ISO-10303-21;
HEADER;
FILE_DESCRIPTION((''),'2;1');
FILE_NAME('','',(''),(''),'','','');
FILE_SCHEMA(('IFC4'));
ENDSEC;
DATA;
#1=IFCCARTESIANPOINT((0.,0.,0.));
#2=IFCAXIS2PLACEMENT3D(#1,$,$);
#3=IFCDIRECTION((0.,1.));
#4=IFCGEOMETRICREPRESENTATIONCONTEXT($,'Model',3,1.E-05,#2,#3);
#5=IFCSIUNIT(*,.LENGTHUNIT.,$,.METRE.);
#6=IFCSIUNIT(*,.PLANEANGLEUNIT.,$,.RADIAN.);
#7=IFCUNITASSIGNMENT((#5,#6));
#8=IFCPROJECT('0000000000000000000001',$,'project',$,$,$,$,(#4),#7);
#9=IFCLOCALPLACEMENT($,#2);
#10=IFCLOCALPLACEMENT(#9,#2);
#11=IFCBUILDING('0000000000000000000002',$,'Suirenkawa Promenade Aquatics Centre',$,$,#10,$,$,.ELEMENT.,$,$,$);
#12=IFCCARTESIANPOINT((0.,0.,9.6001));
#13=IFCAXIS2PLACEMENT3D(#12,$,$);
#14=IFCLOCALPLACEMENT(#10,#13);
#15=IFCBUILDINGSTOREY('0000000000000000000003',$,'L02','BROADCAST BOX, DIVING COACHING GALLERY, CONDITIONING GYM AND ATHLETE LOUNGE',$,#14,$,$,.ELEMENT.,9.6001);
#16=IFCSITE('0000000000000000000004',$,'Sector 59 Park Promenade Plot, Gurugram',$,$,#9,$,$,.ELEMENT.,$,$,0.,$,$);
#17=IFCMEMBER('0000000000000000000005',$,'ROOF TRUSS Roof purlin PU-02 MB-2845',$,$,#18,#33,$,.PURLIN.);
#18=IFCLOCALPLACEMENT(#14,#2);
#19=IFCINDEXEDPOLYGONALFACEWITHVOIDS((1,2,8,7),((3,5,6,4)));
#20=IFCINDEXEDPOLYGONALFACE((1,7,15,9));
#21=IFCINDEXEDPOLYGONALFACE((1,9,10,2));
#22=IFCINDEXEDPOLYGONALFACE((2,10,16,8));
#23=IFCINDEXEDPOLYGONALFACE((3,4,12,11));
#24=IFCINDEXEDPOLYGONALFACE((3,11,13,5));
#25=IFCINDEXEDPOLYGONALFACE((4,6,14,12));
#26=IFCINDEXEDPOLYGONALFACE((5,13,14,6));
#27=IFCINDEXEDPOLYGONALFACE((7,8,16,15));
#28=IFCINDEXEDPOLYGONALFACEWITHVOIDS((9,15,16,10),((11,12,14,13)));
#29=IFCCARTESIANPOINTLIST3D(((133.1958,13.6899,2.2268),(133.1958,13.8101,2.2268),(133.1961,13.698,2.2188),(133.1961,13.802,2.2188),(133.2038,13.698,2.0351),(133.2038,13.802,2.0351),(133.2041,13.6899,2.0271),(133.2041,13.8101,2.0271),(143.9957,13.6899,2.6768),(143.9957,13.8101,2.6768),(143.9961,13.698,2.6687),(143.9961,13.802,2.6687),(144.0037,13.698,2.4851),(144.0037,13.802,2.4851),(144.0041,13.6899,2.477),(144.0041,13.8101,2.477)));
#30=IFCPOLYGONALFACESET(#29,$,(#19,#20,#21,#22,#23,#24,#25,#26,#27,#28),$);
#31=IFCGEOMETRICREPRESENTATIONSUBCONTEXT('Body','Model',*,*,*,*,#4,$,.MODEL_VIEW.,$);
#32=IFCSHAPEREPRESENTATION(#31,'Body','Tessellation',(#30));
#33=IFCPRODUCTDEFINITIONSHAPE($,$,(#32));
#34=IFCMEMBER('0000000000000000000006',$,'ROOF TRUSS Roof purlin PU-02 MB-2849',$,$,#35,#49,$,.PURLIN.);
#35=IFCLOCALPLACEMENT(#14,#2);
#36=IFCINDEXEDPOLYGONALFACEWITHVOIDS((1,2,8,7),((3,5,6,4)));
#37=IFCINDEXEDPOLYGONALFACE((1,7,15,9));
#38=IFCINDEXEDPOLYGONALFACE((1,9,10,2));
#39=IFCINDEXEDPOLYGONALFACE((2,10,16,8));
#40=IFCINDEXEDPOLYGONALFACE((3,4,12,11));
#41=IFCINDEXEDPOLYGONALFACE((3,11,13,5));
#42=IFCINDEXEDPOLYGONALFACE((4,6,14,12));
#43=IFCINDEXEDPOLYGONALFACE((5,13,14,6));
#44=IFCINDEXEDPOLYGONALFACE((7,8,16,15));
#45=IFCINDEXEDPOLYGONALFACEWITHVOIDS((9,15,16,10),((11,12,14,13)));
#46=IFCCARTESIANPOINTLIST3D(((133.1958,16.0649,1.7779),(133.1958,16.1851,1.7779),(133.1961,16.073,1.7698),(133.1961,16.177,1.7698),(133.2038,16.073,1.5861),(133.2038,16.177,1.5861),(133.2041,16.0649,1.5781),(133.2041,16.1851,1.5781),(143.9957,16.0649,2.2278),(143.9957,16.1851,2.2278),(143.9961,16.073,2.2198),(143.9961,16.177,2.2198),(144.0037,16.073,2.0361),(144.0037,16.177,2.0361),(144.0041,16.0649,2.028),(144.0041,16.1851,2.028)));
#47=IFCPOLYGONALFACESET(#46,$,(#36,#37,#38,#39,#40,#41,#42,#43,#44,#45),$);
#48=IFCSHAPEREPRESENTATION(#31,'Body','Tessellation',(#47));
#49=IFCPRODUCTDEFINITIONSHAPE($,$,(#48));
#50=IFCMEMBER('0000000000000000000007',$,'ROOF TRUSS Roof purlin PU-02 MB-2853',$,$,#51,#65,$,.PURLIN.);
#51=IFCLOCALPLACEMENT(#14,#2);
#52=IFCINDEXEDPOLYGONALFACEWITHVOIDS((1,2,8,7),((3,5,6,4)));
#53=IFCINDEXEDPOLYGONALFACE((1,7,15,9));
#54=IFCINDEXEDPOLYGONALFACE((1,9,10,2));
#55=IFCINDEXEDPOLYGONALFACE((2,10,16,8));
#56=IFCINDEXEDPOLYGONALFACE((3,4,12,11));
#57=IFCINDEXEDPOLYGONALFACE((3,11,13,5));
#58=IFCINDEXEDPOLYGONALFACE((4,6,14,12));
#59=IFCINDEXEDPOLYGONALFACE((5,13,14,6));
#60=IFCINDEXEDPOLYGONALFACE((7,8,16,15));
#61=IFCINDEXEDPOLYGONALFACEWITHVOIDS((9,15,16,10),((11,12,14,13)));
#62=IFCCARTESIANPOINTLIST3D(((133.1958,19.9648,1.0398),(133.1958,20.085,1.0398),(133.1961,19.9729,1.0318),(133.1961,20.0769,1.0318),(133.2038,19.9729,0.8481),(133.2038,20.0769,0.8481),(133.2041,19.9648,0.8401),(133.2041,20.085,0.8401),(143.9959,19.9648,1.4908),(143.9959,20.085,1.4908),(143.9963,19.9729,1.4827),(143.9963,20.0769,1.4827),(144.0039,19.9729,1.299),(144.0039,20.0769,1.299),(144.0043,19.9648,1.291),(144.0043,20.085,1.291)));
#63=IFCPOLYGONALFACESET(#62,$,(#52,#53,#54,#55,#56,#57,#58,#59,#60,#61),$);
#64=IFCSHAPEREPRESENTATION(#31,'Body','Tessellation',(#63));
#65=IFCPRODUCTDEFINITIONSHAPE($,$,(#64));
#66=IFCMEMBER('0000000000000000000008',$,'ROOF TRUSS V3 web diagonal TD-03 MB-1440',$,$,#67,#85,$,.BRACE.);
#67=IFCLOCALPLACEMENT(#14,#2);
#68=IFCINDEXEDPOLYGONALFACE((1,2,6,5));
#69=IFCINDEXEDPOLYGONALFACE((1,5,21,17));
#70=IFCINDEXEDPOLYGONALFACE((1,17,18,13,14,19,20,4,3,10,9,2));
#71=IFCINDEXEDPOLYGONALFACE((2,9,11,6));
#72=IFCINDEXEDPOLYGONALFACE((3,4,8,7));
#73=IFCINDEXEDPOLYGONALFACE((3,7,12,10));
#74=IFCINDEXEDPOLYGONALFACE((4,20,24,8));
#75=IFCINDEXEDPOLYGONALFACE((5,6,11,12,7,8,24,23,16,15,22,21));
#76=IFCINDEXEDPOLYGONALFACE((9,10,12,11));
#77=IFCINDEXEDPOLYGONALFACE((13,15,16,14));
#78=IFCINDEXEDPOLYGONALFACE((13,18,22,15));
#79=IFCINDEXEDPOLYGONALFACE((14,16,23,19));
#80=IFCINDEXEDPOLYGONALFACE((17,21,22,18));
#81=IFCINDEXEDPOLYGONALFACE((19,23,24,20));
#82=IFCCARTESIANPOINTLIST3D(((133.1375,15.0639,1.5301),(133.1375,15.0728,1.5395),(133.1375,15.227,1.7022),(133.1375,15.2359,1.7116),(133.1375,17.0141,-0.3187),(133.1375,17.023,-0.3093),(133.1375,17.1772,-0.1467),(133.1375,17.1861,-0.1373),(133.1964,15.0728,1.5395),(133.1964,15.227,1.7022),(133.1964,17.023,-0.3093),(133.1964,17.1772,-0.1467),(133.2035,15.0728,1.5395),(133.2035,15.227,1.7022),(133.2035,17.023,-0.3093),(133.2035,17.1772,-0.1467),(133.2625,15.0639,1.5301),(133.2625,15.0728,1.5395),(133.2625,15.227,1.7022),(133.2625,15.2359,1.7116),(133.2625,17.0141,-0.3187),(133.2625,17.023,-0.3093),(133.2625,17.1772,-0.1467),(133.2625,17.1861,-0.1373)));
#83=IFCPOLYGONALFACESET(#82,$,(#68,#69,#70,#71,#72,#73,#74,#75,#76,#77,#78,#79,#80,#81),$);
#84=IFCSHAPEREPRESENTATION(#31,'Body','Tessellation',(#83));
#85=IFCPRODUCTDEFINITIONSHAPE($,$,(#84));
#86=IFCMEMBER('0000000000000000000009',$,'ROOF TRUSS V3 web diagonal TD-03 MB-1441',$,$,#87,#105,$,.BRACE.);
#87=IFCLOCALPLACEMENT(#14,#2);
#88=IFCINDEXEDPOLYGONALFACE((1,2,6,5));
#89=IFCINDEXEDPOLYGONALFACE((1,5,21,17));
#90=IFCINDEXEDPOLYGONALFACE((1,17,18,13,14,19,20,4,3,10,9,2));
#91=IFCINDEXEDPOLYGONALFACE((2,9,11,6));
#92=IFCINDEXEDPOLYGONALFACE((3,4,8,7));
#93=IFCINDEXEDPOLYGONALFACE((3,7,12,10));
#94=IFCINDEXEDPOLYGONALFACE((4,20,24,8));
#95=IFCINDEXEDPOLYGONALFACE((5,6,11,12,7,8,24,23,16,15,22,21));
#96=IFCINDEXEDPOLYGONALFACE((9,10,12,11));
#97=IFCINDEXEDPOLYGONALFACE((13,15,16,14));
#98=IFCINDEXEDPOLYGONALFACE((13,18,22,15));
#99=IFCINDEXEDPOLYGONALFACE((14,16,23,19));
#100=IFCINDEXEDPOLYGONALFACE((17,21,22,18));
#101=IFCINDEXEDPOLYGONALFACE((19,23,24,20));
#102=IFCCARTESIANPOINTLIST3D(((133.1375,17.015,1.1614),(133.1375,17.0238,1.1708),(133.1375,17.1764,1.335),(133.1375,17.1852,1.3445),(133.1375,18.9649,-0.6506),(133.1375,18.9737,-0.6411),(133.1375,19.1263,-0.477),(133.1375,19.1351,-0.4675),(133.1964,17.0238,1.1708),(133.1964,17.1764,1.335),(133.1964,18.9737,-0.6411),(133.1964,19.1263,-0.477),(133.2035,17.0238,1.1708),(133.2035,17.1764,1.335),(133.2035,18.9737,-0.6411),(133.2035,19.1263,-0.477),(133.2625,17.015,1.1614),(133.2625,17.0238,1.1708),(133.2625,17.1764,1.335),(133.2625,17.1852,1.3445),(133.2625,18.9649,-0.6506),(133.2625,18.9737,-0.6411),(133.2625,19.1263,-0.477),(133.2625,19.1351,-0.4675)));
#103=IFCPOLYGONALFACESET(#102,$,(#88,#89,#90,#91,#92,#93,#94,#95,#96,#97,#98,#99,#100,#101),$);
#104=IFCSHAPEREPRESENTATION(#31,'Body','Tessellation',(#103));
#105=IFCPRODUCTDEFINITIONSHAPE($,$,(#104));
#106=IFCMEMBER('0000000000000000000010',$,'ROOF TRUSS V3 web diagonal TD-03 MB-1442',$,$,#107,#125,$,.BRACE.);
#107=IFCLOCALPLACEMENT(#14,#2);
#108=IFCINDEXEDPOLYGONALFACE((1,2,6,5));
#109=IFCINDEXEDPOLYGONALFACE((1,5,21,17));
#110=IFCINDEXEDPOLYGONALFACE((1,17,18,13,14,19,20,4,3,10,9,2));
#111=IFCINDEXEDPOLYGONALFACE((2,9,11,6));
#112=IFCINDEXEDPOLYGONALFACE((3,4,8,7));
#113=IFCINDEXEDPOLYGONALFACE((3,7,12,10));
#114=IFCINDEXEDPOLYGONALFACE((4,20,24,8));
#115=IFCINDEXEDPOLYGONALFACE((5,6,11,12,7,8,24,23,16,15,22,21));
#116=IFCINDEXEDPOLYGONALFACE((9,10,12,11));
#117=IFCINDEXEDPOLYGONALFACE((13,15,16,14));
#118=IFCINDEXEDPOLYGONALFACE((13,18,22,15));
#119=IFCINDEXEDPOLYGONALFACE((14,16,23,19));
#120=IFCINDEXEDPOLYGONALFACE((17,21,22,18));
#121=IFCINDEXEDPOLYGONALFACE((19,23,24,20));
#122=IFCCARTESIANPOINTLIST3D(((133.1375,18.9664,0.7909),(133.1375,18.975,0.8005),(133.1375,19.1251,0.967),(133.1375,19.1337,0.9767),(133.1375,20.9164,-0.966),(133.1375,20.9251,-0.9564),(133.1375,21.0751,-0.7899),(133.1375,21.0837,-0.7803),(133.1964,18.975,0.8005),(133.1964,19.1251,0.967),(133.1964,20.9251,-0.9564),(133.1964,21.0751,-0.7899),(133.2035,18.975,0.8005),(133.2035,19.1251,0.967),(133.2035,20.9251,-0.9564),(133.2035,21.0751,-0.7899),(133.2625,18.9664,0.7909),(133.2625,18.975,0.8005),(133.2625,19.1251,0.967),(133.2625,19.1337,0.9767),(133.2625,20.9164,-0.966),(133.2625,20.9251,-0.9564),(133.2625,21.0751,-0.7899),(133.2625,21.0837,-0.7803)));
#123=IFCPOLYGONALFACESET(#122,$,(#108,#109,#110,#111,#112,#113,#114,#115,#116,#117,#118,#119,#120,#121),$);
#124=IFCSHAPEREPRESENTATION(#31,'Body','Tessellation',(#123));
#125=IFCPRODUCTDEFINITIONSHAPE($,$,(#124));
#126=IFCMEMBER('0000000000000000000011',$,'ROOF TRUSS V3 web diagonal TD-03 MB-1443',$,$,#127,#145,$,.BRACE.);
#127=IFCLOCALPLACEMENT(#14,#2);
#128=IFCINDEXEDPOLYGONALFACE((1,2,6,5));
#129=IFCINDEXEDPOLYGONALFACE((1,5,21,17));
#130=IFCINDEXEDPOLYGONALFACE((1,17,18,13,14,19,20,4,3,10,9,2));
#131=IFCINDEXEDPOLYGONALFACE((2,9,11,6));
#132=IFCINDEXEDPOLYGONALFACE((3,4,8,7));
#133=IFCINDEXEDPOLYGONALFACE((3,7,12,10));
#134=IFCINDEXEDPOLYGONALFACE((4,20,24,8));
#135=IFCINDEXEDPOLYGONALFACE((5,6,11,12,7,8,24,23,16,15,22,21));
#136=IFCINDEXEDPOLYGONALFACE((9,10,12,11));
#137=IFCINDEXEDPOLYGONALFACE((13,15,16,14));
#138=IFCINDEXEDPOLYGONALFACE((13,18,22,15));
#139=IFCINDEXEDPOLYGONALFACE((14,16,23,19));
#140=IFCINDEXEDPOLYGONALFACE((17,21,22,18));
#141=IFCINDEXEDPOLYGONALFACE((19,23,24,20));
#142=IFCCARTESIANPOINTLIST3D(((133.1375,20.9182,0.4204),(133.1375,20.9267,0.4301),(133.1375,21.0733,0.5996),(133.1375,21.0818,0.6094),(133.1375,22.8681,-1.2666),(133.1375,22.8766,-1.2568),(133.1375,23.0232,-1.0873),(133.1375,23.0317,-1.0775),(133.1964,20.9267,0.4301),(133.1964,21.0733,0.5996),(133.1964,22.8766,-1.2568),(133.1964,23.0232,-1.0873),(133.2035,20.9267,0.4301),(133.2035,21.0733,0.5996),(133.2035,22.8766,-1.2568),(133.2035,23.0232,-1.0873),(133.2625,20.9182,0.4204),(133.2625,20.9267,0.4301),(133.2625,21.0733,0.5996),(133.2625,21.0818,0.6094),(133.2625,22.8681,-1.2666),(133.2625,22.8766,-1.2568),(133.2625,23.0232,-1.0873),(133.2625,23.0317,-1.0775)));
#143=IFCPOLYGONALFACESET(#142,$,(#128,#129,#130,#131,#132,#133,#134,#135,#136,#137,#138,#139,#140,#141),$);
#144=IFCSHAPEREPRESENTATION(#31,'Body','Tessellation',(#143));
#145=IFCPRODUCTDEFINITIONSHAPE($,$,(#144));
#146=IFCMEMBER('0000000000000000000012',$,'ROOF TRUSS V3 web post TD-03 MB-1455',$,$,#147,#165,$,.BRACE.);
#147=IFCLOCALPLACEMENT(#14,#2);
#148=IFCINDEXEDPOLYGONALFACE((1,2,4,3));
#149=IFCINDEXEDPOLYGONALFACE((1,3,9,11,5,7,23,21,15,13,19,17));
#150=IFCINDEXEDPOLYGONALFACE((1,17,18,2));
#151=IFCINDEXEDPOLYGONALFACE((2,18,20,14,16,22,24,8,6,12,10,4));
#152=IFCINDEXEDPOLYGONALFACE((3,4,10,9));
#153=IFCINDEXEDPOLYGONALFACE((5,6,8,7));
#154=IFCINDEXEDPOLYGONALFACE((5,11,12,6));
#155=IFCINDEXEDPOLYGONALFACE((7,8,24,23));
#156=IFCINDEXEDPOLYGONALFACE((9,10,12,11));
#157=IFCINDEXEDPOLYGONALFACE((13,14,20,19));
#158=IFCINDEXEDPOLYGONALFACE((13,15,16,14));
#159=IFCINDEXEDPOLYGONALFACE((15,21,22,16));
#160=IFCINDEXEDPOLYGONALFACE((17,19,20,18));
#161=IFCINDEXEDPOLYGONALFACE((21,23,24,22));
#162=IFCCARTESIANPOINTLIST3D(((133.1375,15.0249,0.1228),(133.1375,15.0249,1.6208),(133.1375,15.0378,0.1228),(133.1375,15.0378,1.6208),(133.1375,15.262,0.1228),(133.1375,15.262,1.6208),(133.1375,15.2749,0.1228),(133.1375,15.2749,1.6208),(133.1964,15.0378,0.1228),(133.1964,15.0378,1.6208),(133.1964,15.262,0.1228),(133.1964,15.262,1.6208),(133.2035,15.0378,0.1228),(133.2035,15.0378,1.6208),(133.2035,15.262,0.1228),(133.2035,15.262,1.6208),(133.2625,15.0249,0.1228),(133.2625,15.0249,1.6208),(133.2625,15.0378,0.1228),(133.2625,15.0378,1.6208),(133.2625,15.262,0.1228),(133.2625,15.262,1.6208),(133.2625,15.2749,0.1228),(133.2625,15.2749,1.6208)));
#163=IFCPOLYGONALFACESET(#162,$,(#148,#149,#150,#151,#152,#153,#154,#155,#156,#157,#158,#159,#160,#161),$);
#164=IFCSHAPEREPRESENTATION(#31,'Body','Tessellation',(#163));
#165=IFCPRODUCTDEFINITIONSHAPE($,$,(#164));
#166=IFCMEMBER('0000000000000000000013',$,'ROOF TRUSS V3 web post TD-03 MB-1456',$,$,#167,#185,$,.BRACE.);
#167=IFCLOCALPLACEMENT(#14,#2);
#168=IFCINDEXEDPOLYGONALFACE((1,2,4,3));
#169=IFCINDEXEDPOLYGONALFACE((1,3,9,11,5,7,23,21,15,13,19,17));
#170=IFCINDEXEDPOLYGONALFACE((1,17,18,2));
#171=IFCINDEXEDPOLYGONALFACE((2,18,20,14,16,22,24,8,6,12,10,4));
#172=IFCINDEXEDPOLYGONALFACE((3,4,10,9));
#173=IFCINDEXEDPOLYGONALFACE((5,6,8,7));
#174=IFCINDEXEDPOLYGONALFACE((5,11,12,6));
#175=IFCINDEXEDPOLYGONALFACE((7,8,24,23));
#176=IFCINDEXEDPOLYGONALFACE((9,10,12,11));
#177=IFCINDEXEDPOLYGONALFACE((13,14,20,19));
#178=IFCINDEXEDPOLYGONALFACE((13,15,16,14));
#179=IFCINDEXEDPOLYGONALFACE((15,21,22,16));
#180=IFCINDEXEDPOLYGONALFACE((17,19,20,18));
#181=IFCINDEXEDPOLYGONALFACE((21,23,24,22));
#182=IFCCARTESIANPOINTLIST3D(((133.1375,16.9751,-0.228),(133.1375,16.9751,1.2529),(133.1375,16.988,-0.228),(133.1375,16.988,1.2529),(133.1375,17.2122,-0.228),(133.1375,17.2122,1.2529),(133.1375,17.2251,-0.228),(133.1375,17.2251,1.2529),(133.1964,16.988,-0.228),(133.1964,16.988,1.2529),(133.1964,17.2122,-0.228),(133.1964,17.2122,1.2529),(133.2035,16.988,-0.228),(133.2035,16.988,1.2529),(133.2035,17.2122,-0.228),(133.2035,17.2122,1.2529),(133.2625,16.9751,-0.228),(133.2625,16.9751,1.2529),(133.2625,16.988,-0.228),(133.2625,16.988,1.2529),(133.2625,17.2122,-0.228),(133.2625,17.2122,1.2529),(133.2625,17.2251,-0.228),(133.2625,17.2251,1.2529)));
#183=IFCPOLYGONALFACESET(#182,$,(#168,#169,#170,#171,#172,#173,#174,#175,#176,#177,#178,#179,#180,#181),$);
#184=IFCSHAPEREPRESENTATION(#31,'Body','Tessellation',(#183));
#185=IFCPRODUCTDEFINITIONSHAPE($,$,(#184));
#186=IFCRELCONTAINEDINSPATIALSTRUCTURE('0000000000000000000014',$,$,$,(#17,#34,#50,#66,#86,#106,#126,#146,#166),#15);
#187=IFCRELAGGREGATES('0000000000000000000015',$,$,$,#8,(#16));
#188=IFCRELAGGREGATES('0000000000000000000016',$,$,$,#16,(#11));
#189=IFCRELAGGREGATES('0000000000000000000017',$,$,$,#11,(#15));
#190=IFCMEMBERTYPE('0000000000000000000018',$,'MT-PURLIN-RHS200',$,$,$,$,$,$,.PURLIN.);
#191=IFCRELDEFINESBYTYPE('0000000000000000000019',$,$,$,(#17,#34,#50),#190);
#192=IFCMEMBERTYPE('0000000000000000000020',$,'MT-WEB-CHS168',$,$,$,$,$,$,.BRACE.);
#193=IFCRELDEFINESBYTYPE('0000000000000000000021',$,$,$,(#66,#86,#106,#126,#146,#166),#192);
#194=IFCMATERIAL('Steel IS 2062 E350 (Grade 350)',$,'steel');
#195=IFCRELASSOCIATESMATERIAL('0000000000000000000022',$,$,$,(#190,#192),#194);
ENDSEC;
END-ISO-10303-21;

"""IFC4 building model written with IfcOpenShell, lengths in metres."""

from ifc_helpers import new_model, si_unit, direction, frame, origin, origin_2d, place, context, subcontext, project, spatial, hollow_rectangle, i_section, extrude, material, material_profile, profile_set, type_object, element, save


model = new_model("IFC4")

# Units and contexts
model_context = context("Model", 3, precision=1e-05, world=origin(), true_north=direction((0.0, 1.0)))
body_context = subcontext(model_context, "Body", "Model", "MODEL_VIEW")
ifc_project = project(units=[si_unit("LENGTHUNIT", "METRE"), si_unit("PLANEANGLEUNIT", "RADIAN")], contexts=[model_context])

# Site, building, storey
site_placement = place(None, origin())
site = spatial("IfcSite", under=ifc_project, at=site_placement, Name="Sector 59 Park Promenade Plot, Gurugram", CompositionType="ELEMENT", RefElevation=0.0)
building_placement = place(site_placement, origin())
building = spatial("IfcBuilding", under=site, at=building_placement, Name="Suirenkawa Promenade Aquatics Centre", CompositionType="ELEMENT")
storey_placement = place(building_placement, frame((0.0, 0.0, 9.6001)))
storey = spatial("IfcBuildingStorey", under=building, at=storey_placement, Name="L02", Description="BROADCAST BOX, DIVING COACHING GALLERY, CONDITIONING GYM AND ATHLETE LOUNGE", CompositionType="ELEMENT", Elevation=9.6001)

# Shared definitions
ifc_material_1 = material(Name="Steel IS 2062 E350 (Grade 350)", Category="steel")

# Members
ifc_material_profile_1 = material_profile(ifc_material_1, hollow_rectangle(XDim=0.1201, YDim=0.2, WallThickness=0.0081, at=origin_2d()), Name="RHS 200x120x8", Category="steel")
ifc_profile_set_1 = profile_set([ifc_material_profile_1], Name="Steel IS 2062 E350 (Grade 350)")
member_type_1 = type_object("IfcMemberType", Name="MT-PURLIN-RHS200", PredefinedType="PURLIN", material=ifc_profile_set_1)
for number, where, z_axis, x_axis, name in (
    (1, (133.2, 13.75, 2.127), (0.999133, 0.0, 0.041626), (0.0, 1.0, 0.0), "ROOF TRUSS Roof purlin PU-02 MB-2845"),
    (2, (133.2, 16.125, 1.678), (0.999133, 0.0, 0.041626), (0.0, 1.0, 0.0), "ROOF TRUSS Roof purlin PU-02 MB-2849"),
):
    element("IfcMember", number, at=place(storey_placement, frame(where, z_axis=z_axis, x_axis=x_axis)), inside=storey, type_object=member_type_1, Name=name, PredefinedType="PURLIN", context=body_context, shape_type="SweptSolid", body=[
        extrude(hollow_rectangle(XDim=0.1201, YDim=0.2, WallThickness=0.0081, at=origin_2d()), origin(), (0.0, 0.0, 1.0), 10.8093),
    ])
member_1_placement = place(storey_placement, frame((133.2, 20.0249, 0.9399), z_axis=(0.99913, 0.0, 0.041716), x_axis=(0.0, 1.0, 0.0)))
element("IfcMember", 3, at=member_1_placement, inside=storey, type_object=member_type_1, Name="ROOF TRUSS Roof purlin PU-02 MB-2853", PredefinedType="PURLIN", context=body_context, shape_type="SweptSolid", body=[
    extrude(hollow_rectangle(XDim=0.1201, YDim=0.2, WallThickness=0.0081, at=origin_2d()), origin(), (0.0, 0.0, 1.0), 10.8096),
])
ifc_material_profile_2 = material_profile(ifc_material_1, i_section(OverallWidth=0.125, OverallDepth=0.25, WebThickness=0.0071, FlangeThickness=0.0129, at=origin_2d()), Name="ISMB 250", Category="steel")
ifc_profile_set_2 = profile_set([ifc_material_profile_2], Name="Steel IS 2062 E350 (Grade 350)")
member_type_2 = type_object("IfcMemberType", Name="MT-WEB-CHS168", PredefinedType="BRACE", material=ifc_profile_set_2)
member_2_placement = place(storey_placement, frame((133.2, 15.1499, 1.6208), z_axis=(0.0, 0.725707, -0.688004), x_axis=(-1.0, 0.0, 0.0)))
element("IfcMember", 4, at=member_2_placement, inside=storey, type_object=member_type_2, Name="ROOF TRUSS V3 web diagonal TD-03 MB-1440", PredefinedType="BRACE", context=body_context, shape_type="SweptSolid", body=[
    extrude(i_section(OverallWidth=0.125, OverallDepth=0.25, WebThickness=0.0071, FlangeThickness=0.0129, at=origin_2d()), origin(), (0.0, 0.0, 1.0), 2.6873),
])
member_3_placement = place(storey_placement, frame((133.2, 17.1001, 1.2529), z_axis=(0.0, 0.732542, -0.680722), x_axis=(-1.0, 0.0, 0.0)))
element("IfcMember", 5, at=member_3_placement, inside=storey, type_object=member_type_2, Name="ROOF TRUSS V3 web diagonal TD-03 MB-1441", PredefinedType="BRACE", context=body_context, shape_type="SweptSolid", body=[
    extrude(i_section(OverallWidth=0.125, OverallDepth=0.25, WebThickness=0.0071, FlangeThickness=0.0129, at=origin_2d()), origin(), (0.0, 0.0, 1.0), 2.6619),
])
member_4_placement = place(storey_placement, frame((133.2, 19.05, 0.8838), z_axis=(0.0, 0.742938, -0.66936), x_axis=(-1.0, 0.0, 0.0)))
element("IfcMember", 6, at=member_4_placement, inside=storey, type_object=member_type_2, Name="ROOF TRUSS V3 web diagonal TD-03 MB-1442", PredefinedType="BRACE", context=body_context, shape_type="SweptSolid", body=[
    extrude(i_section(OverallWidth=0.125, OverallDepth=0.25, WebThickness=0.0071, FlangeThickness=0.0129, at=origin_2d()), origin(), (0.0, 0.0, 1.0), 2.6248),
])
member_5_placement = place(storey_placement, frame((133.2, 21.0, 0.5149), z_axis=(0.0, 0.756254, -0.654278), x_axis=(-1.0, 0.0, 0.0)))
element("IfcMember", 7, at=member_5_placement, inside=storey, type_object=member_type_2, Name="ROOF TRUSS V3 web diagonal TD-03 MB-1443", PredefinedType="BRACE", context=body_context, shape_type="SweptSolid", body=[
    extrude(i_section(OverallWidth=0.125, OverallDepth=0.25, WebThickness=0.0071, FlangeThickness=0.0129, at=origin_2d()), origin(), (0.0, 0.0, 1.0), 2.5784),
])
member_6_placement = place(storey_placement, frame((133.2, 15.1499, 0.1228), z_axis=(0.0, 0.0, 1.0), x_axis=(1.0, 0.0, 0.0)))
element("IfcMember", 8, at=member_6_placement, inside=storey, type_object=member_type_2, Name="ROOF TRUSS V3 web post TD-03 MB-1455", PredefinedType="BRACE", context=body_context, shape_type="SweptSolid", body=[
    extrude(i_section(OverallWidth=0.125, OverallDepth=0.25, WebThickness=0.0071, FlangeThickness=0.0129, at=origin_2d()), origin(), (0.0, 0.0, 1.0), 1.498),
])
member_7_placement = place(storey_placement, frame((133.2, 17.1001, -0.228), z_axis=(0.0, 0.0, 1.0), x_axis=(1.0, 0.0, 0.0)))
element("IfcMember", 9, at=member_7_placement, inside=storey, type_object=member_type_2, Name="ROOF TRUSS V3 web post TD-03 MB-1456", PredefinedType="BRACE", context=body_context, shape_type="SweptSolid", body=[
    extrude(i_section(OverallWidth=0.125, OverallDepth=0.25, WebThickness=0.0071, FlangeThickness=0.0129, at=origin_2d()), origin(), (0.0, 0.0, 1.0), 1.481),
])

save(model, "model.ifc")
